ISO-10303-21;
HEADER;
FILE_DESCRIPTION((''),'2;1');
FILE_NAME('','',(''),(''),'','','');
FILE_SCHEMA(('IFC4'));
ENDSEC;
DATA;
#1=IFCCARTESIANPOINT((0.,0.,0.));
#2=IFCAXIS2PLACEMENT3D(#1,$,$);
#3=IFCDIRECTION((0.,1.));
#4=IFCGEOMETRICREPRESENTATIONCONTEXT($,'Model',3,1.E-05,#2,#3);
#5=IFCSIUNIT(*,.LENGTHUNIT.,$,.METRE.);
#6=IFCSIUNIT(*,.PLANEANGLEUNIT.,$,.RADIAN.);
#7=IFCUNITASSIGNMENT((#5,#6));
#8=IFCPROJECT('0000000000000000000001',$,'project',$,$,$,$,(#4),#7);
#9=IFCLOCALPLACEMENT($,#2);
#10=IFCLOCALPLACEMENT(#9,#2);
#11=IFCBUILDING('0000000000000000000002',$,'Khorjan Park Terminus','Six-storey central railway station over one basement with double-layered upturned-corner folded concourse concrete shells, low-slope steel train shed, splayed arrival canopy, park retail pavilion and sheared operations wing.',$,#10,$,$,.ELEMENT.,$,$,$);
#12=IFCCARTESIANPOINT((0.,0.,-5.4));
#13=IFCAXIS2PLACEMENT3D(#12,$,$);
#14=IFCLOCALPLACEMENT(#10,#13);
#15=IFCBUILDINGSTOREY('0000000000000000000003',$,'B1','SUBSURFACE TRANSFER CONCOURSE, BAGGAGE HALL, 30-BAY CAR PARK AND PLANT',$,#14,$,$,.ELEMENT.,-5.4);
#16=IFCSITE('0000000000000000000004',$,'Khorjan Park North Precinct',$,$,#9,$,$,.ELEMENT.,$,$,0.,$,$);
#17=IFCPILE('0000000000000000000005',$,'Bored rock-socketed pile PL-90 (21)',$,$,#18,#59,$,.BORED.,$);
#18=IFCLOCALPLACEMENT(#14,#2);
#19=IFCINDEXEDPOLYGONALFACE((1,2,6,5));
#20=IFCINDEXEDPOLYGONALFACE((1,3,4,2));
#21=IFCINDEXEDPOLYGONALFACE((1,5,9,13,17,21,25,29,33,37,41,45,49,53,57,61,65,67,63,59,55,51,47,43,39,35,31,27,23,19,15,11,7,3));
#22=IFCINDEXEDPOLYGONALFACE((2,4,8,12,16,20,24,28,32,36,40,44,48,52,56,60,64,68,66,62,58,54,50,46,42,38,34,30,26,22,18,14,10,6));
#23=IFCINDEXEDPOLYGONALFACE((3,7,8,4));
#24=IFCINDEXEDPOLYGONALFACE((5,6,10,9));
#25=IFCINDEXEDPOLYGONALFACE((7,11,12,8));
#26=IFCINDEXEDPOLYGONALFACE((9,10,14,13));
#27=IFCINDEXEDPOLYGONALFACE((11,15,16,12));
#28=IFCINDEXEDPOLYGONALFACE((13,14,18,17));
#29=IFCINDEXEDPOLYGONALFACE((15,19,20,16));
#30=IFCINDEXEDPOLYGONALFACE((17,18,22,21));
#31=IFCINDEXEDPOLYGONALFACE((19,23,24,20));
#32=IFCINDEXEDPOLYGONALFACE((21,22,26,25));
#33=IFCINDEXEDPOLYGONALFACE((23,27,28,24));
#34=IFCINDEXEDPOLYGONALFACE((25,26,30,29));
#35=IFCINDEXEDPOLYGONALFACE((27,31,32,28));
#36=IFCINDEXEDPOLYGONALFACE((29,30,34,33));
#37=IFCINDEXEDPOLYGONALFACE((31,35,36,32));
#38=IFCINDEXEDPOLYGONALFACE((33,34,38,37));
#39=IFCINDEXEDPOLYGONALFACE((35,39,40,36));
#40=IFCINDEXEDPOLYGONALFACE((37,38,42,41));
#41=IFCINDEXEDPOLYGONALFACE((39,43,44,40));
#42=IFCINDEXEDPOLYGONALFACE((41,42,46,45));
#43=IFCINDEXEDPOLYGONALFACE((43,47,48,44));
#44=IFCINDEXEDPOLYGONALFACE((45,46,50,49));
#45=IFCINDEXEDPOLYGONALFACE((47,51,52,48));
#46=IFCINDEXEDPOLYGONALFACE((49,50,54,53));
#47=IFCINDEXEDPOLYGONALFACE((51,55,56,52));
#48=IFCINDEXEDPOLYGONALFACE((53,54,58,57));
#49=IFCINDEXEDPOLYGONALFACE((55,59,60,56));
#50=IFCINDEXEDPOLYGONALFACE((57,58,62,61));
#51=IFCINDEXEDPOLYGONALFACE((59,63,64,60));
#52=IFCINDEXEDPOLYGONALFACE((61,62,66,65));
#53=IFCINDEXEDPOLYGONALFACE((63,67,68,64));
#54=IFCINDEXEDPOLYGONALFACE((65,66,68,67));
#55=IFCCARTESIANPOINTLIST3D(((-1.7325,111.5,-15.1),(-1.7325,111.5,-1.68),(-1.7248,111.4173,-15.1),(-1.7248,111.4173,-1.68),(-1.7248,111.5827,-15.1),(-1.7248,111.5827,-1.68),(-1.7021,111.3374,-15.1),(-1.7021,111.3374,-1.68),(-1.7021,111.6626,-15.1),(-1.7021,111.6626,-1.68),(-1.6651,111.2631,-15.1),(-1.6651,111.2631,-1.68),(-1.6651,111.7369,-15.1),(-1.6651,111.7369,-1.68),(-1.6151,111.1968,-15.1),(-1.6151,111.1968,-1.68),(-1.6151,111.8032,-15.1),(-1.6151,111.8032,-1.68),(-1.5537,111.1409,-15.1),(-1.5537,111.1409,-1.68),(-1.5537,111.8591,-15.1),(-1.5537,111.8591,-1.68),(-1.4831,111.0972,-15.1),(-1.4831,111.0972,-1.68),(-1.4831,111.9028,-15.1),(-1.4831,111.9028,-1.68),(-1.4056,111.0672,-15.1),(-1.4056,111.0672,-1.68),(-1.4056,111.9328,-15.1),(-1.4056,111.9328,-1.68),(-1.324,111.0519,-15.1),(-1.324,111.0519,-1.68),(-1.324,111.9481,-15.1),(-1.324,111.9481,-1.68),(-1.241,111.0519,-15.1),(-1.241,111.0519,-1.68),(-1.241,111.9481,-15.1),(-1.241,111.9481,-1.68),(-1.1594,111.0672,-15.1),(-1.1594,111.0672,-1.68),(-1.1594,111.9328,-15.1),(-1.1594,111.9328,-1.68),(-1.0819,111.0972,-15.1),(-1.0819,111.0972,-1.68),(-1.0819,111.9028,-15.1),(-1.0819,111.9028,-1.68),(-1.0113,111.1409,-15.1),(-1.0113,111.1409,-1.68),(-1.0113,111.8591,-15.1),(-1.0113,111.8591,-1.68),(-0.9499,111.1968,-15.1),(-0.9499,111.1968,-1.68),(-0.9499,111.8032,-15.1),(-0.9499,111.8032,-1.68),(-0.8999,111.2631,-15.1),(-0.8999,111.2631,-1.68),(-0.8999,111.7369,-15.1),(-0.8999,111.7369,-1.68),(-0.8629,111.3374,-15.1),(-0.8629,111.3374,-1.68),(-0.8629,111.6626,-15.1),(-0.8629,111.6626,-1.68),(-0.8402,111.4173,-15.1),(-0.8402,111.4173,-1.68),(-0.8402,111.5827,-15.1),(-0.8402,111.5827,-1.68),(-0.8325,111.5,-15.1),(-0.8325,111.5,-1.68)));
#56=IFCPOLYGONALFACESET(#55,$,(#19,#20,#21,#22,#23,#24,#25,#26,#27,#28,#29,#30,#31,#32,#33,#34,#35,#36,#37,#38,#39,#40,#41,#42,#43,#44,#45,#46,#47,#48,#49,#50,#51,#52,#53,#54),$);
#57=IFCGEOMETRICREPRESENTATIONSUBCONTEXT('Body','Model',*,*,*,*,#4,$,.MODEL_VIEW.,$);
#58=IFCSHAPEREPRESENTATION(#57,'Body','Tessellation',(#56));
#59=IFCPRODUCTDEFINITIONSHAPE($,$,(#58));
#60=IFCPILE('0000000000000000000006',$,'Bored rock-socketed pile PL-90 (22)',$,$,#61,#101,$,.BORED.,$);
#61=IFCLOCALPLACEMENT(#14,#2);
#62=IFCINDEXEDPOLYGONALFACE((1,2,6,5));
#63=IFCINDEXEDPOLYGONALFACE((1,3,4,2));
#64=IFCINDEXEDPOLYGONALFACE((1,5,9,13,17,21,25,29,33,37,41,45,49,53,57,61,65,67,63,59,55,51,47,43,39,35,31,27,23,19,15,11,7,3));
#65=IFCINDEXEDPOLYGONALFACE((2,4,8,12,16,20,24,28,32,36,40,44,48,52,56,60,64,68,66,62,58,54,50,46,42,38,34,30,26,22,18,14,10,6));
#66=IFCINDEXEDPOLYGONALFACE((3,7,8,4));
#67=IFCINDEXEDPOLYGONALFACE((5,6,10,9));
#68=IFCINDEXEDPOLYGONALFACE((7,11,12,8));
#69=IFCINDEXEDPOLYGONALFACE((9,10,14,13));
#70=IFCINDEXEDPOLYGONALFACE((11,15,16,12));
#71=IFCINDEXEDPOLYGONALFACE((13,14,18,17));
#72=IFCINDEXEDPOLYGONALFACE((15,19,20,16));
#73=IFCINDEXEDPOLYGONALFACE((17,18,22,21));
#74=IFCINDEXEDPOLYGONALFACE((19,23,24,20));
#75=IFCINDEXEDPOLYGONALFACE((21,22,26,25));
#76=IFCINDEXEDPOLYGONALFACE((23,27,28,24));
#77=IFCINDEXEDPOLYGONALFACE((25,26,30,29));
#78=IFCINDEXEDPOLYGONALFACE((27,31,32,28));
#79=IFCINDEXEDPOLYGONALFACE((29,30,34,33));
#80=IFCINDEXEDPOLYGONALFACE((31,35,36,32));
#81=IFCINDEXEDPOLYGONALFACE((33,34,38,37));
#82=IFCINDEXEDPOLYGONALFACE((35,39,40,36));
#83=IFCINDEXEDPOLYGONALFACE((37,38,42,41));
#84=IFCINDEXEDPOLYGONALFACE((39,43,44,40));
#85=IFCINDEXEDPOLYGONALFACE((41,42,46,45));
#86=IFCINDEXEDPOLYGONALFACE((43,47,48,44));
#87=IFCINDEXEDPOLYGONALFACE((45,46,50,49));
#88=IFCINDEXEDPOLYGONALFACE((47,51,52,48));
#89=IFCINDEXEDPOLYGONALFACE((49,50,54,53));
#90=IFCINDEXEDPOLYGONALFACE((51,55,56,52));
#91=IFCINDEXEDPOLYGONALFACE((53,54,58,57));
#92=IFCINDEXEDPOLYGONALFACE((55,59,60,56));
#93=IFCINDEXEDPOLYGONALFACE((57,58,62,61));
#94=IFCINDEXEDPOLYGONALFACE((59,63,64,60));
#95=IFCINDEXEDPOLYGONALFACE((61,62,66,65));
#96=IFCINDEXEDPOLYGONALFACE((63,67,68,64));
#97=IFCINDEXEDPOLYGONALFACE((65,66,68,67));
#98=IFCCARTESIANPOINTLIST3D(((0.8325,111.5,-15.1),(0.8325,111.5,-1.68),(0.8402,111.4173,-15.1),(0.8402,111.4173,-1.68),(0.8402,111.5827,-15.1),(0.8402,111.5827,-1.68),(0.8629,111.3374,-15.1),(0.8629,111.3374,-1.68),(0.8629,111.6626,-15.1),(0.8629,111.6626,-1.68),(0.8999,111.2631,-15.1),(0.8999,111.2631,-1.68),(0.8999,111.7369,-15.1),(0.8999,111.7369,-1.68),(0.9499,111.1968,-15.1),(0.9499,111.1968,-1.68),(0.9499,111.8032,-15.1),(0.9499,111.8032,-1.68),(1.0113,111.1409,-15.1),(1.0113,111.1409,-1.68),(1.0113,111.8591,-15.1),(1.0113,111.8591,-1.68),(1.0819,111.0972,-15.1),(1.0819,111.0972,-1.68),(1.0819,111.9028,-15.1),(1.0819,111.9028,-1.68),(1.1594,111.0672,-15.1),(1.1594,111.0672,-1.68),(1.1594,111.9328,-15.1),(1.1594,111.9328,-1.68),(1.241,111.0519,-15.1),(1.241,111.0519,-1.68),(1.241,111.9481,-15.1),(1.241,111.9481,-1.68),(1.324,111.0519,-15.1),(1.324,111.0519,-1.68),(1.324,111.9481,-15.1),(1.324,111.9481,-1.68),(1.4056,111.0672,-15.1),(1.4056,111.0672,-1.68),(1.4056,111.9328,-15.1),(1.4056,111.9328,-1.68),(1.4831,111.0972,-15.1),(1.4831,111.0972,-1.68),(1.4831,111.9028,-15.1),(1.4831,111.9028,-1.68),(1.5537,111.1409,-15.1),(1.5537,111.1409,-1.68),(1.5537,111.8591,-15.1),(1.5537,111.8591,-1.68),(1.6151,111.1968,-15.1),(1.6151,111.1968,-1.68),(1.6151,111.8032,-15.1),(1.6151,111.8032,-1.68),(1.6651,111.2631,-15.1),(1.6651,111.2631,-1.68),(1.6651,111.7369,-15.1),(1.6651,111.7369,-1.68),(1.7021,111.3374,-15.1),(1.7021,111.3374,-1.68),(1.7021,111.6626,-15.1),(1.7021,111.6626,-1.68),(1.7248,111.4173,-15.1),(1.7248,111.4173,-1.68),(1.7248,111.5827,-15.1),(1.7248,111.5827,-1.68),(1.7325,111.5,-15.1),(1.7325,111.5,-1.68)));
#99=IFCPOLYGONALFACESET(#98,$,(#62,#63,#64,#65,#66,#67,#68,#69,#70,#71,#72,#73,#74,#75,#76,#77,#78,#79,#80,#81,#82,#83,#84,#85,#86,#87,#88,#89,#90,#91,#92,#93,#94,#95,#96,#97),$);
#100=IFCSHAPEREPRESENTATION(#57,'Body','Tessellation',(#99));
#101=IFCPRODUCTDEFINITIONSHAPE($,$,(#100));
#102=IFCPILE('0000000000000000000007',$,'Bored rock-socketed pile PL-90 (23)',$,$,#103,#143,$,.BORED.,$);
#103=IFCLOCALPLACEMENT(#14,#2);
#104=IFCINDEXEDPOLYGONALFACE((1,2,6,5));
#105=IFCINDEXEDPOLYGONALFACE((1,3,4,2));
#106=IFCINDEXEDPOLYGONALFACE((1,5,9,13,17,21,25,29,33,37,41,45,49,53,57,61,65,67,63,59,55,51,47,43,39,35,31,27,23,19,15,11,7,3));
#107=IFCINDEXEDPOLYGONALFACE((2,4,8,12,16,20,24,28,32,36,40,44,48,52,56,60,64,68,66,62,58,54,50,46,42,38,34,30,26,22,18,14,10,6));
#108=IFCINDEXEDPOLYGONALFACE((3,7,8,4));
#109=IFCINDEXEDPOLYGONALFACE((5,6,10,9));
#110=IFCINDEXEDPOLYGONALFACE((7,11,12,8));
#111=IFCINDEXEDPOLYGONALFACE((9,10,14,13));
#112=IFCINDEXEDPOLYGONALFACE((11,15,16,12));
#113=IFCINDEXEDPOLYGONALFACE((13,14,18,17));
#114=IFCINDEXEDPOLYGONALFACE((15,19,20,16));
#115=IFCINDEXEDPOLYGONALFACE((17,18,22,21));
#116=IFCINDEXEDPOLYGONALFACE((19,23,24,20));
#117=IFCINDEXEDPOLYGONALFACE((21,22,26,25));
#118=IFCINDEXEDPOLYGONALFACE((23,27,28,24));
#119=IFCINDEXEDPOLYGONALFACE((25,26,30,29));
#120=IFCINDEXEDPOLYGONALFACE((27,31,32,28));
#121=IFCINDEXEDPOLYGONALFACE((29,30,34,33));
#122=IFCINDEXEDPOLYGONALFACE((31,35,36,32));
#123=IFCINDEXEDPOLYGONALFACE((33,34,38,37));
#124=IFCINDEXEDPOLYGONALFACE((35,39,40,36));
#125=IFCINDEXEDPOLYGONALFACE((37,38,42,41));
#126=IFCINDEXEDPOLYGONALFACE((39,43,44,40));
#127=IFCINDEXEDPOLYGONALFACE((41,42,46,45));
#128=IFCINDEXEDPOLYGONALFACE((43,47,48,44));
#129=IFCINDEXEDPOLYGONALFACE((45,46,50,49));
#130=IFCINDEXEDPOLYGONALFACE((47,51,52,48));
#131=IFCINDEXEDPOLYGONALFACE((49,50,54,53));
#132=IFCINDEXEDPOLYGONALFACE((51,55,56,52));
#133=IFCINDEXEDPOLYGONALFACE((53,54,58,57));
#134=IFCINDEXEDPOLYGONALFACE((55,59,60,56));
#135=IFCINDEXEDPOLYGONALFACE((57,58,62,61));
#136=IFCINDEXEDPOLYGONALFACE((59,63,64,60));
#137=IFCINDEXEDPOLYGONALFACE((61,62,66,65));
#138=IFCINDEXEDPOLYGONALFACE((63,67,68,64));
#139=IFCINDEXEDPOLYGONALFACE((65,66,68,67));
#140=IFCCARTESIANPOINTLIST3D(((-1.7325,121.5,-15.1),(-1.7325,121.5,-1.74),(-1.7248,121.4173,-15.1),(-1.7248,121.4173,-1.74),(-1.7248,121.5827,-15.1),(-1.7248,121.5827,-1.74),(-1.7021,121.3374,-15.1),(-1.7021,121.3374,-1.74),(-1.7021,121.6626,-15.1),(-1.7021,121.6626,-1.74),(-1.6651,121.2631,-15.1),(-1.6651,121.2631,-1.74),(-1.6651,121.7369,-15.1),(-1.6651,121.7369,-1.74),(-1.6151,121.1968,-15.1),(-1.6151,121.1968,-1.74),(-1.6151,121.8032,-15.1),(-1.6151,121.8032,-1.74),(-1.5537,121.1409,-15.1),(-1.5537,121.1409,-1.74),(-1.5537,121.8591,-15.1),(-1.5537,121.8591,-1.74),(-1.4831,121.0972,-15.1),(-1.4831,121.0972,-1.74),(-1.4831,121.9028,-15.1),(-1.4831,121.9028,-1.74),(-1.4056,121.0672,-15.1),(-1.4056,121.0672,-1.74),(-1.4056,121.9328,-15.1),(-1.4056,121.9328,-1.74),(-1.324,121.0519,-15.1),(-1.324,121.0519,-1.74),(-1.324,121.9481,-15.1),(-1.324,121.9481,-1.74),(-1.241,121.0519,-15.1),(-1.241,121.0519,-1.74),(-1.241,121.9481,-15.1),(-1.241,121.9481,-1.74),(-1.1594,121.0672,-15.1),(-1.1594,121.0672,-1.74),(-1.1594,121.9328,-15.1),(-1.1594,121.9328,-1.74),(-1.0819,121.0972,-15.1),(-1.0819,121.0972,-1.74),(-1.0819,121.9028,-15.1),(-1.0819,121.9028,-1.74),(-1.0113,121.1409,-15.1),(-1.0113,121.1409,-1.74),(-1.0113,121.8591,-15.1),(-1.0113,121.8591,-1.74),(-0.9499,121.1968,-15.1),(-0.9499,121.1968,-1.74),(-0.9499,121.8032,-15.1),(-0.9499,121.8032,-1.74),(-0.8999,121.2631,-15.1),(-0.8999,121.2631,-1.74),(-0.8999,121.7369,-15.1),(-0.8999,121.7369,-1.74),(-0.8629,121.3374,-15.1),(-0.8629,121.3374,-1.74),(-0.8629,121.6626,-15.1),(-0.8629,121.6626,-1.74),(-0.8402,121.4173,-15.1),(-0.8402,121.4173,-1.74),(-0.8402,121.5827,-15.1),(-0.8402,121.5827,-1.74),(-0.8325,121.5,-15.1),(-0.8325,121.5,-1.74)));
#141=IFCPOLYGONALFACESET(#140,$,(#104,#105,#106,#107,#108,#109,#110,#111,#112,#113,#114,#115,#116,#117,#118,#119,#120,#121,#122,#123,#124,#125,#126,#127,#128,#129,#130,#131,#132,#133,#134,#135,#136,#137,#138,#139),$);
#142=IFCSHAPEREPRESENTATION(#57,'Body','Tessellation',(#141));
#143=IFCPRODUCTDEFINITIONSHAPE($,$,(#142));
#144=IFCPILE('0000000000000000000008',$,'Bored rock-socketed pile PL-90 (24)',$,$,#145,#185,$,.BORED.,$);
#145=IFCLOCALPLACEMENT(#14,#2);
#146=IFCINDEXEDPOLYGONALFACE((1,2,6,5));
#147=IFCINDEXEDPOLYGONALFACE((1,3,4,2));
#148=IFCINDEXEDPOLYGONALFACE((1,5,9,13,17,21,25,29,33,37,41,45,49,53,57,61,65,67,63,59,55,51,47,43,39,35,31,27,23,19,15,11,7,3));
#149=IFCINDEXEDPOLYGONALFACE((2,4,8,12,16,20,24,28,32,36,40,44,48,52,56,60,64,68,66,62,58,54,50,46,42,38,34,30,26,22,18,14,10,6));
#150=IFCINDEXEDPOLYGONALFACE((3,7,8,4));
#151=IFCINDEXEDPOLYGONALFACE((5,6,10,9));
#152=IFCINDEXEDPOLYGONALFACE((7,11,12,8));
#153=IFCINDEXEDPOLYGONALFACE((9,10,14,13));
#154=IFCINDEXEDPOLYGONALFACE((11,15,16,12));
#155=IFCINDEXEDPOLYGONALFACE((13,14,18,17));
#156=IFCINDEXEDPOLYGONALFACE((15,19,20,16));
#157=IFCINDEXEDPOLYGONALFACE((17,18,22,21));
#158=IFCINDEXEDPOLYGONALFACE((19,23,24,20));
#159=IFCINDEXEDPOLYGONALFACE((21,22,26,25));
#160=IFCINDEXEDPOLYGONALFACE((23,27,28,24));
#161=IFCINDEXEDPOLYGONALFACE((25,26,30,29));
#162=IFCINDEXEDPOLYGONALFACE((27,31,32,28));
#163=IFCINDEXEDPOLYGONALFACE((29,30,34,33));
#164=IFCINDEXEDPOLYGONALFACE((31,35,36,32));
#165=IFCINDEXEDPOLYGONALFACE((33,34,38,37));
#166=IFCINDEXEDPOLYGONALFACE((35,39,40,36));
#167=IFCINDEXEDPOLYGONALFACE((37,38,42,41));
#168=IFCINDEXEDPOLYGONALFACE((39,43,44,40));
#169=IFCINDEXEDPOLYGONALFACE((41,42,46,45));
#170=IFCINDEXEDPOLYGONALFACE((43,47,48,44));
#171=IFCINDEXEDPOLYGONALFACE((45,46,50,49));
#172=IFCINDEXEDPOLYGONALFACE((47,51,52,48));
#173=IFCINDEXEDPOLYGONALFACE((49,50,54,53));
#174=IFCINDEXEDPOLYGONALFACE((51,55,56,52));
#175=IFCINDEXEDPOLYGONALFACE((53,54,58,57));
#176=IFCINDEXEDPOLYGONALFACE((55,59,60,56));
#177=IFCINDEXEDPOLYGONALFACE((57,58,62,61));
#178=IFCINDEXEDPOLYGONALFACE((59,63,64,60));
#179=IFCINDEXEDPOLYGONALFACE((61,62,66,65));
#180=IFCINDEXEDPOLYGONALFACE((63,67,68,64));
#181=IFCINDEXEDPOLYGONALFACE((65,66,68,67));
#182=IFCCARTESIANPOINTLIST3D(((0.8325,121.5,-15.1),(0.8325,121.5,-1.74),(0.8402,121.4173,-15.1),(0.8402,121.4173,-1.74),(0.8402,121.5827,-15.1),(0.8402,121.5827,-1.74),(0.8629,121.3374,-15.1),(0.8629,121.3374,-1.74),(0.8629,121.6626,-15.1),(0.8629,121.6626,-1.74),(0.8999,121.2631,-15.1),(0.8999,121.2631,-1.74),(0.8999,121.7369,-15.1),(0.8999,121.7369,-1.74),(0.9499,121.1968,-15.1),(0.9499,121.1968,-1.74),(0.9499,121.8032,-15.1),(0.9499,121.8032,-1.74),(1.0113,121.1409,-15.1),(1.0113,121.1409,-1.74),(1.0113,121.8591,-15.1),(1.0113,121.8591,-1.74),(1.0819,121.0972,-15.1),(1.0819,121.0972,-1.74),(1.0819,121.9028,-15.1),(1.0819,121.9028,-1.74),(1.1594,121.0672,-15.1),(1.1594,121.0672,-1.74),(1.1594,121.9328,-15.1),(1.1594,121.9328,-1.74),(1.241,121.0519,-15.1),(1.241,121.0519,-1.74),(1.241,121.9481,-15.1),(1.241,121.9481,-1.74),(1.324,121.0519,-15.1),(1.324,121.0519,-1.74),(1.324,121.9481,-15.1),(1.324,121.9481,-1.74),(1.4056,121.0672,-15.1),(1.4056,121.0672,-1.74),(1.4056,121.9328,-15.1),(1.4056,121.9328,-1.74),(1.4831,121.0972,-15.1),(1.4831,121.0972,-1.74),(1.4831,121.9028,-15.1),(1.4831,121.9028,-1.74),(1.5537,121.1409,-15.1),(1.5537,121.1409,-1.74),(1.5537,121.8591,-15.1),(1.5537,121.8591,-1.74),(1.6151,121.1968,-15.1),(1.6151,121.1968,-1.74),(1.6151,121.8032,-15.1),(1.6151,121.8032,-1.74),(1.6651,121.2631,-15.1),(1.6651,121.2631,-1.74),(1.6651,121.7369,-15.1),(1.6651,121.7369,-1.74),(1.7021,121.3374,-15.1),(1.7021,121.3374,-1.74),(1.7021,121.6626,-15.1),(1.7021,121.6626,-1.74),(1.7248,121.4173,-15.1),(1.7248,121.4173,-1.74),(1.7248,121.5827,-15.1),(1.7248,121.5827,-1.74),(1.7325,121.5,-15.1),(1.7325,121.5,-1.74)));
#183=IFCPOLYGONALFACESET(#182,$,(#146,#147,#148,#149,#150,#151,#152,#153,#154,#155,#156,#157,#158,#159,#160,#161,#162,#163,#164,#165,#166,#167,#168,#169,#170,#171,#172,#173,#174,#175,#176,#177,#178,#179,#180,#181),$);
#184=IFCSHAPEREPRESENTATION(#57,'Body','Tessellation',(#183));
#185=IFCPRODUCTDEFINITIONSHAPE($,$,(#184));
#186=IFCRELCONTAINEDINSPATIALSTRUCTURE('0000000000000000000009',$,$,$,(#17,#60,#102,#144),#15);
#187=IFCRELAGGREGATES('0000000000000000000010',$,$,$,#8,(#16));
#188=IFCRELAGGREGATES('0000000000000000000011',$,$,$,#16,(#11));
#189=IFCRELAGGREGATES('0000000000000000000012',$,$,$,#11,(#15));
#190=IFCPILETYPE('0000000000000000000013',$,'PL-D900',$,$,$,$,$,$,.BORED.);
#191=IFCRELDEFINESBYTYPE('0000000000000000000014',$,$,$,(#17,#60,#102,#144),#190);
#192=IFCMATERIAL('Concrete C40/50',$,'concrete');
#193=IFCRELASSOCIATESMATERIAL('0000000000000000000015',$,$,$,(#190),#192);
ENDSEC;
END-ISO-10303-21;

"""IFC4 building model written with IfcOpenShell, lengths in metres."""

from ifc_helpers import new_model, si_unit, direction, frame, origin, origin_2d, place, context, subcontext, project, spatial, circle, extrude, material, material_profile, profile_set, type_object, element, save


model = new_model("IFC4")

# Units and contexts
model_context = context("Model", 3, precision=1e-05, world=origin(), true_north=direction((0.0, 1.0)))
body_context = subcontext(model_context, "Body", "Model", "MODEL_VIEW")
ifc_project = project(units=[si_unit("LENGTHUNIT", "METRE"), si_unit("PLANEANGLEUNIT", "RADIAN")], contexts=[model_context])

# Site, building, storey
site_placement = place(None, origin())
site = spatial("IfcSite", under=ifc_project, at=site_placement, Name="Khorjan Park North Precinct", CompositionType="ELEMENT", RefElevation=0.0)
building_placement = place(site_placement, origin())
building = spatial("IfcBuilding", under=site, at=building_placement, Name="Khorjan Park Terminus", Description="Six-storey central railway station over one basement with double-layered upturned-corner folded concourse concrete shells, low-slope steel train shed, splayed arrival canopy, park retail pavilion and sheared operations wing.", CompositionType="ELEMENT")
storey_placement = place(building_placement, frame((0.0, 0.0, -5.4)))
storey = spatial("IfcBuildingStorey", under=building, at=storey_placement, Name="B1", Description="SUBSURFACE TRANSFER CONCOURSE, BAGGAGE HALL, 30-BAY CAR PARK AND PLANT", CompositionType="ELEMENT", Elevation=-5.4)

# Shared definitions
ifc_material_1 = material(Name="Concrete C40/50", Category="concrete")

# Piles
ifc_material_profile_1 = material_profile(ifc_material_1, circle(Radius=0.45, at=origin_2d()), Name="BORED D900")
ifc_profile_set_1 = profile_set([ifc_material_profile_1], Name="Concrete C40/50")
pile_type_1 = type_object("IfcPileType", Name="PL-D900", PredefinedType="BORED", material=ifc_profile_set_1)
for number, where, z_axis, x_axis, name in (
    (1, (-1.2825, 111.5, -1.68), (0.0, 0.0, -1.0), (1.0, 0.0, 0.0), "Bored rock-socketed pile PL-90 (21)"),
    (2, (1.2825, 111.5, -1.68), (0.0, 0.0, -1.0), (1.0, 0.0, 0.0), "Bored rock-socketed pile PL-90 (22)"),
):
    element("IfcPile", number, at=place(storey_placement, frame(where, z_axis=z_axis, x_axis=x_axis)), inside=storey, type_object=pile_type_1, Name=name, PredefinedType="BORED", context=body_context, shape_type="SweptSolid", body=[
        extrude(circle(Radius=0.45, at=origin_2d()), origin(), (0.0, 0.0, 1.0), 13.42),
    ])
for number, where, z_axis, x_axis, name in (
    (3, (-1.2825, 121.5, -1.74), (0.0, 0.0, -1.0), (1.0, 0.0, 0.0), "Bored rock-socketed pile PL-90 (23)"),
    (4, (1.2825, 121.5, -1.74), (0.0, 0.0, -1.0), (1.0, 0.0, 0.0), "Bored rock-socketed pile PL-90 (24)"),
):
    element("IfcPile", number, at=place(storey_placement, frame(where, z_axis=z_axis, x_axis=x_axis)), inside=storey, type_object=pile_type_1, Name=name, PredefinedType="BORED", context=body_context, shape_type="SweptSolid", body=[
        extrude(circle(Radius=0.45, at=origin_2d()), origin(), (0.0, 0.0, 1.0), 13.36),
    ])

save(model, "model.ifc")
